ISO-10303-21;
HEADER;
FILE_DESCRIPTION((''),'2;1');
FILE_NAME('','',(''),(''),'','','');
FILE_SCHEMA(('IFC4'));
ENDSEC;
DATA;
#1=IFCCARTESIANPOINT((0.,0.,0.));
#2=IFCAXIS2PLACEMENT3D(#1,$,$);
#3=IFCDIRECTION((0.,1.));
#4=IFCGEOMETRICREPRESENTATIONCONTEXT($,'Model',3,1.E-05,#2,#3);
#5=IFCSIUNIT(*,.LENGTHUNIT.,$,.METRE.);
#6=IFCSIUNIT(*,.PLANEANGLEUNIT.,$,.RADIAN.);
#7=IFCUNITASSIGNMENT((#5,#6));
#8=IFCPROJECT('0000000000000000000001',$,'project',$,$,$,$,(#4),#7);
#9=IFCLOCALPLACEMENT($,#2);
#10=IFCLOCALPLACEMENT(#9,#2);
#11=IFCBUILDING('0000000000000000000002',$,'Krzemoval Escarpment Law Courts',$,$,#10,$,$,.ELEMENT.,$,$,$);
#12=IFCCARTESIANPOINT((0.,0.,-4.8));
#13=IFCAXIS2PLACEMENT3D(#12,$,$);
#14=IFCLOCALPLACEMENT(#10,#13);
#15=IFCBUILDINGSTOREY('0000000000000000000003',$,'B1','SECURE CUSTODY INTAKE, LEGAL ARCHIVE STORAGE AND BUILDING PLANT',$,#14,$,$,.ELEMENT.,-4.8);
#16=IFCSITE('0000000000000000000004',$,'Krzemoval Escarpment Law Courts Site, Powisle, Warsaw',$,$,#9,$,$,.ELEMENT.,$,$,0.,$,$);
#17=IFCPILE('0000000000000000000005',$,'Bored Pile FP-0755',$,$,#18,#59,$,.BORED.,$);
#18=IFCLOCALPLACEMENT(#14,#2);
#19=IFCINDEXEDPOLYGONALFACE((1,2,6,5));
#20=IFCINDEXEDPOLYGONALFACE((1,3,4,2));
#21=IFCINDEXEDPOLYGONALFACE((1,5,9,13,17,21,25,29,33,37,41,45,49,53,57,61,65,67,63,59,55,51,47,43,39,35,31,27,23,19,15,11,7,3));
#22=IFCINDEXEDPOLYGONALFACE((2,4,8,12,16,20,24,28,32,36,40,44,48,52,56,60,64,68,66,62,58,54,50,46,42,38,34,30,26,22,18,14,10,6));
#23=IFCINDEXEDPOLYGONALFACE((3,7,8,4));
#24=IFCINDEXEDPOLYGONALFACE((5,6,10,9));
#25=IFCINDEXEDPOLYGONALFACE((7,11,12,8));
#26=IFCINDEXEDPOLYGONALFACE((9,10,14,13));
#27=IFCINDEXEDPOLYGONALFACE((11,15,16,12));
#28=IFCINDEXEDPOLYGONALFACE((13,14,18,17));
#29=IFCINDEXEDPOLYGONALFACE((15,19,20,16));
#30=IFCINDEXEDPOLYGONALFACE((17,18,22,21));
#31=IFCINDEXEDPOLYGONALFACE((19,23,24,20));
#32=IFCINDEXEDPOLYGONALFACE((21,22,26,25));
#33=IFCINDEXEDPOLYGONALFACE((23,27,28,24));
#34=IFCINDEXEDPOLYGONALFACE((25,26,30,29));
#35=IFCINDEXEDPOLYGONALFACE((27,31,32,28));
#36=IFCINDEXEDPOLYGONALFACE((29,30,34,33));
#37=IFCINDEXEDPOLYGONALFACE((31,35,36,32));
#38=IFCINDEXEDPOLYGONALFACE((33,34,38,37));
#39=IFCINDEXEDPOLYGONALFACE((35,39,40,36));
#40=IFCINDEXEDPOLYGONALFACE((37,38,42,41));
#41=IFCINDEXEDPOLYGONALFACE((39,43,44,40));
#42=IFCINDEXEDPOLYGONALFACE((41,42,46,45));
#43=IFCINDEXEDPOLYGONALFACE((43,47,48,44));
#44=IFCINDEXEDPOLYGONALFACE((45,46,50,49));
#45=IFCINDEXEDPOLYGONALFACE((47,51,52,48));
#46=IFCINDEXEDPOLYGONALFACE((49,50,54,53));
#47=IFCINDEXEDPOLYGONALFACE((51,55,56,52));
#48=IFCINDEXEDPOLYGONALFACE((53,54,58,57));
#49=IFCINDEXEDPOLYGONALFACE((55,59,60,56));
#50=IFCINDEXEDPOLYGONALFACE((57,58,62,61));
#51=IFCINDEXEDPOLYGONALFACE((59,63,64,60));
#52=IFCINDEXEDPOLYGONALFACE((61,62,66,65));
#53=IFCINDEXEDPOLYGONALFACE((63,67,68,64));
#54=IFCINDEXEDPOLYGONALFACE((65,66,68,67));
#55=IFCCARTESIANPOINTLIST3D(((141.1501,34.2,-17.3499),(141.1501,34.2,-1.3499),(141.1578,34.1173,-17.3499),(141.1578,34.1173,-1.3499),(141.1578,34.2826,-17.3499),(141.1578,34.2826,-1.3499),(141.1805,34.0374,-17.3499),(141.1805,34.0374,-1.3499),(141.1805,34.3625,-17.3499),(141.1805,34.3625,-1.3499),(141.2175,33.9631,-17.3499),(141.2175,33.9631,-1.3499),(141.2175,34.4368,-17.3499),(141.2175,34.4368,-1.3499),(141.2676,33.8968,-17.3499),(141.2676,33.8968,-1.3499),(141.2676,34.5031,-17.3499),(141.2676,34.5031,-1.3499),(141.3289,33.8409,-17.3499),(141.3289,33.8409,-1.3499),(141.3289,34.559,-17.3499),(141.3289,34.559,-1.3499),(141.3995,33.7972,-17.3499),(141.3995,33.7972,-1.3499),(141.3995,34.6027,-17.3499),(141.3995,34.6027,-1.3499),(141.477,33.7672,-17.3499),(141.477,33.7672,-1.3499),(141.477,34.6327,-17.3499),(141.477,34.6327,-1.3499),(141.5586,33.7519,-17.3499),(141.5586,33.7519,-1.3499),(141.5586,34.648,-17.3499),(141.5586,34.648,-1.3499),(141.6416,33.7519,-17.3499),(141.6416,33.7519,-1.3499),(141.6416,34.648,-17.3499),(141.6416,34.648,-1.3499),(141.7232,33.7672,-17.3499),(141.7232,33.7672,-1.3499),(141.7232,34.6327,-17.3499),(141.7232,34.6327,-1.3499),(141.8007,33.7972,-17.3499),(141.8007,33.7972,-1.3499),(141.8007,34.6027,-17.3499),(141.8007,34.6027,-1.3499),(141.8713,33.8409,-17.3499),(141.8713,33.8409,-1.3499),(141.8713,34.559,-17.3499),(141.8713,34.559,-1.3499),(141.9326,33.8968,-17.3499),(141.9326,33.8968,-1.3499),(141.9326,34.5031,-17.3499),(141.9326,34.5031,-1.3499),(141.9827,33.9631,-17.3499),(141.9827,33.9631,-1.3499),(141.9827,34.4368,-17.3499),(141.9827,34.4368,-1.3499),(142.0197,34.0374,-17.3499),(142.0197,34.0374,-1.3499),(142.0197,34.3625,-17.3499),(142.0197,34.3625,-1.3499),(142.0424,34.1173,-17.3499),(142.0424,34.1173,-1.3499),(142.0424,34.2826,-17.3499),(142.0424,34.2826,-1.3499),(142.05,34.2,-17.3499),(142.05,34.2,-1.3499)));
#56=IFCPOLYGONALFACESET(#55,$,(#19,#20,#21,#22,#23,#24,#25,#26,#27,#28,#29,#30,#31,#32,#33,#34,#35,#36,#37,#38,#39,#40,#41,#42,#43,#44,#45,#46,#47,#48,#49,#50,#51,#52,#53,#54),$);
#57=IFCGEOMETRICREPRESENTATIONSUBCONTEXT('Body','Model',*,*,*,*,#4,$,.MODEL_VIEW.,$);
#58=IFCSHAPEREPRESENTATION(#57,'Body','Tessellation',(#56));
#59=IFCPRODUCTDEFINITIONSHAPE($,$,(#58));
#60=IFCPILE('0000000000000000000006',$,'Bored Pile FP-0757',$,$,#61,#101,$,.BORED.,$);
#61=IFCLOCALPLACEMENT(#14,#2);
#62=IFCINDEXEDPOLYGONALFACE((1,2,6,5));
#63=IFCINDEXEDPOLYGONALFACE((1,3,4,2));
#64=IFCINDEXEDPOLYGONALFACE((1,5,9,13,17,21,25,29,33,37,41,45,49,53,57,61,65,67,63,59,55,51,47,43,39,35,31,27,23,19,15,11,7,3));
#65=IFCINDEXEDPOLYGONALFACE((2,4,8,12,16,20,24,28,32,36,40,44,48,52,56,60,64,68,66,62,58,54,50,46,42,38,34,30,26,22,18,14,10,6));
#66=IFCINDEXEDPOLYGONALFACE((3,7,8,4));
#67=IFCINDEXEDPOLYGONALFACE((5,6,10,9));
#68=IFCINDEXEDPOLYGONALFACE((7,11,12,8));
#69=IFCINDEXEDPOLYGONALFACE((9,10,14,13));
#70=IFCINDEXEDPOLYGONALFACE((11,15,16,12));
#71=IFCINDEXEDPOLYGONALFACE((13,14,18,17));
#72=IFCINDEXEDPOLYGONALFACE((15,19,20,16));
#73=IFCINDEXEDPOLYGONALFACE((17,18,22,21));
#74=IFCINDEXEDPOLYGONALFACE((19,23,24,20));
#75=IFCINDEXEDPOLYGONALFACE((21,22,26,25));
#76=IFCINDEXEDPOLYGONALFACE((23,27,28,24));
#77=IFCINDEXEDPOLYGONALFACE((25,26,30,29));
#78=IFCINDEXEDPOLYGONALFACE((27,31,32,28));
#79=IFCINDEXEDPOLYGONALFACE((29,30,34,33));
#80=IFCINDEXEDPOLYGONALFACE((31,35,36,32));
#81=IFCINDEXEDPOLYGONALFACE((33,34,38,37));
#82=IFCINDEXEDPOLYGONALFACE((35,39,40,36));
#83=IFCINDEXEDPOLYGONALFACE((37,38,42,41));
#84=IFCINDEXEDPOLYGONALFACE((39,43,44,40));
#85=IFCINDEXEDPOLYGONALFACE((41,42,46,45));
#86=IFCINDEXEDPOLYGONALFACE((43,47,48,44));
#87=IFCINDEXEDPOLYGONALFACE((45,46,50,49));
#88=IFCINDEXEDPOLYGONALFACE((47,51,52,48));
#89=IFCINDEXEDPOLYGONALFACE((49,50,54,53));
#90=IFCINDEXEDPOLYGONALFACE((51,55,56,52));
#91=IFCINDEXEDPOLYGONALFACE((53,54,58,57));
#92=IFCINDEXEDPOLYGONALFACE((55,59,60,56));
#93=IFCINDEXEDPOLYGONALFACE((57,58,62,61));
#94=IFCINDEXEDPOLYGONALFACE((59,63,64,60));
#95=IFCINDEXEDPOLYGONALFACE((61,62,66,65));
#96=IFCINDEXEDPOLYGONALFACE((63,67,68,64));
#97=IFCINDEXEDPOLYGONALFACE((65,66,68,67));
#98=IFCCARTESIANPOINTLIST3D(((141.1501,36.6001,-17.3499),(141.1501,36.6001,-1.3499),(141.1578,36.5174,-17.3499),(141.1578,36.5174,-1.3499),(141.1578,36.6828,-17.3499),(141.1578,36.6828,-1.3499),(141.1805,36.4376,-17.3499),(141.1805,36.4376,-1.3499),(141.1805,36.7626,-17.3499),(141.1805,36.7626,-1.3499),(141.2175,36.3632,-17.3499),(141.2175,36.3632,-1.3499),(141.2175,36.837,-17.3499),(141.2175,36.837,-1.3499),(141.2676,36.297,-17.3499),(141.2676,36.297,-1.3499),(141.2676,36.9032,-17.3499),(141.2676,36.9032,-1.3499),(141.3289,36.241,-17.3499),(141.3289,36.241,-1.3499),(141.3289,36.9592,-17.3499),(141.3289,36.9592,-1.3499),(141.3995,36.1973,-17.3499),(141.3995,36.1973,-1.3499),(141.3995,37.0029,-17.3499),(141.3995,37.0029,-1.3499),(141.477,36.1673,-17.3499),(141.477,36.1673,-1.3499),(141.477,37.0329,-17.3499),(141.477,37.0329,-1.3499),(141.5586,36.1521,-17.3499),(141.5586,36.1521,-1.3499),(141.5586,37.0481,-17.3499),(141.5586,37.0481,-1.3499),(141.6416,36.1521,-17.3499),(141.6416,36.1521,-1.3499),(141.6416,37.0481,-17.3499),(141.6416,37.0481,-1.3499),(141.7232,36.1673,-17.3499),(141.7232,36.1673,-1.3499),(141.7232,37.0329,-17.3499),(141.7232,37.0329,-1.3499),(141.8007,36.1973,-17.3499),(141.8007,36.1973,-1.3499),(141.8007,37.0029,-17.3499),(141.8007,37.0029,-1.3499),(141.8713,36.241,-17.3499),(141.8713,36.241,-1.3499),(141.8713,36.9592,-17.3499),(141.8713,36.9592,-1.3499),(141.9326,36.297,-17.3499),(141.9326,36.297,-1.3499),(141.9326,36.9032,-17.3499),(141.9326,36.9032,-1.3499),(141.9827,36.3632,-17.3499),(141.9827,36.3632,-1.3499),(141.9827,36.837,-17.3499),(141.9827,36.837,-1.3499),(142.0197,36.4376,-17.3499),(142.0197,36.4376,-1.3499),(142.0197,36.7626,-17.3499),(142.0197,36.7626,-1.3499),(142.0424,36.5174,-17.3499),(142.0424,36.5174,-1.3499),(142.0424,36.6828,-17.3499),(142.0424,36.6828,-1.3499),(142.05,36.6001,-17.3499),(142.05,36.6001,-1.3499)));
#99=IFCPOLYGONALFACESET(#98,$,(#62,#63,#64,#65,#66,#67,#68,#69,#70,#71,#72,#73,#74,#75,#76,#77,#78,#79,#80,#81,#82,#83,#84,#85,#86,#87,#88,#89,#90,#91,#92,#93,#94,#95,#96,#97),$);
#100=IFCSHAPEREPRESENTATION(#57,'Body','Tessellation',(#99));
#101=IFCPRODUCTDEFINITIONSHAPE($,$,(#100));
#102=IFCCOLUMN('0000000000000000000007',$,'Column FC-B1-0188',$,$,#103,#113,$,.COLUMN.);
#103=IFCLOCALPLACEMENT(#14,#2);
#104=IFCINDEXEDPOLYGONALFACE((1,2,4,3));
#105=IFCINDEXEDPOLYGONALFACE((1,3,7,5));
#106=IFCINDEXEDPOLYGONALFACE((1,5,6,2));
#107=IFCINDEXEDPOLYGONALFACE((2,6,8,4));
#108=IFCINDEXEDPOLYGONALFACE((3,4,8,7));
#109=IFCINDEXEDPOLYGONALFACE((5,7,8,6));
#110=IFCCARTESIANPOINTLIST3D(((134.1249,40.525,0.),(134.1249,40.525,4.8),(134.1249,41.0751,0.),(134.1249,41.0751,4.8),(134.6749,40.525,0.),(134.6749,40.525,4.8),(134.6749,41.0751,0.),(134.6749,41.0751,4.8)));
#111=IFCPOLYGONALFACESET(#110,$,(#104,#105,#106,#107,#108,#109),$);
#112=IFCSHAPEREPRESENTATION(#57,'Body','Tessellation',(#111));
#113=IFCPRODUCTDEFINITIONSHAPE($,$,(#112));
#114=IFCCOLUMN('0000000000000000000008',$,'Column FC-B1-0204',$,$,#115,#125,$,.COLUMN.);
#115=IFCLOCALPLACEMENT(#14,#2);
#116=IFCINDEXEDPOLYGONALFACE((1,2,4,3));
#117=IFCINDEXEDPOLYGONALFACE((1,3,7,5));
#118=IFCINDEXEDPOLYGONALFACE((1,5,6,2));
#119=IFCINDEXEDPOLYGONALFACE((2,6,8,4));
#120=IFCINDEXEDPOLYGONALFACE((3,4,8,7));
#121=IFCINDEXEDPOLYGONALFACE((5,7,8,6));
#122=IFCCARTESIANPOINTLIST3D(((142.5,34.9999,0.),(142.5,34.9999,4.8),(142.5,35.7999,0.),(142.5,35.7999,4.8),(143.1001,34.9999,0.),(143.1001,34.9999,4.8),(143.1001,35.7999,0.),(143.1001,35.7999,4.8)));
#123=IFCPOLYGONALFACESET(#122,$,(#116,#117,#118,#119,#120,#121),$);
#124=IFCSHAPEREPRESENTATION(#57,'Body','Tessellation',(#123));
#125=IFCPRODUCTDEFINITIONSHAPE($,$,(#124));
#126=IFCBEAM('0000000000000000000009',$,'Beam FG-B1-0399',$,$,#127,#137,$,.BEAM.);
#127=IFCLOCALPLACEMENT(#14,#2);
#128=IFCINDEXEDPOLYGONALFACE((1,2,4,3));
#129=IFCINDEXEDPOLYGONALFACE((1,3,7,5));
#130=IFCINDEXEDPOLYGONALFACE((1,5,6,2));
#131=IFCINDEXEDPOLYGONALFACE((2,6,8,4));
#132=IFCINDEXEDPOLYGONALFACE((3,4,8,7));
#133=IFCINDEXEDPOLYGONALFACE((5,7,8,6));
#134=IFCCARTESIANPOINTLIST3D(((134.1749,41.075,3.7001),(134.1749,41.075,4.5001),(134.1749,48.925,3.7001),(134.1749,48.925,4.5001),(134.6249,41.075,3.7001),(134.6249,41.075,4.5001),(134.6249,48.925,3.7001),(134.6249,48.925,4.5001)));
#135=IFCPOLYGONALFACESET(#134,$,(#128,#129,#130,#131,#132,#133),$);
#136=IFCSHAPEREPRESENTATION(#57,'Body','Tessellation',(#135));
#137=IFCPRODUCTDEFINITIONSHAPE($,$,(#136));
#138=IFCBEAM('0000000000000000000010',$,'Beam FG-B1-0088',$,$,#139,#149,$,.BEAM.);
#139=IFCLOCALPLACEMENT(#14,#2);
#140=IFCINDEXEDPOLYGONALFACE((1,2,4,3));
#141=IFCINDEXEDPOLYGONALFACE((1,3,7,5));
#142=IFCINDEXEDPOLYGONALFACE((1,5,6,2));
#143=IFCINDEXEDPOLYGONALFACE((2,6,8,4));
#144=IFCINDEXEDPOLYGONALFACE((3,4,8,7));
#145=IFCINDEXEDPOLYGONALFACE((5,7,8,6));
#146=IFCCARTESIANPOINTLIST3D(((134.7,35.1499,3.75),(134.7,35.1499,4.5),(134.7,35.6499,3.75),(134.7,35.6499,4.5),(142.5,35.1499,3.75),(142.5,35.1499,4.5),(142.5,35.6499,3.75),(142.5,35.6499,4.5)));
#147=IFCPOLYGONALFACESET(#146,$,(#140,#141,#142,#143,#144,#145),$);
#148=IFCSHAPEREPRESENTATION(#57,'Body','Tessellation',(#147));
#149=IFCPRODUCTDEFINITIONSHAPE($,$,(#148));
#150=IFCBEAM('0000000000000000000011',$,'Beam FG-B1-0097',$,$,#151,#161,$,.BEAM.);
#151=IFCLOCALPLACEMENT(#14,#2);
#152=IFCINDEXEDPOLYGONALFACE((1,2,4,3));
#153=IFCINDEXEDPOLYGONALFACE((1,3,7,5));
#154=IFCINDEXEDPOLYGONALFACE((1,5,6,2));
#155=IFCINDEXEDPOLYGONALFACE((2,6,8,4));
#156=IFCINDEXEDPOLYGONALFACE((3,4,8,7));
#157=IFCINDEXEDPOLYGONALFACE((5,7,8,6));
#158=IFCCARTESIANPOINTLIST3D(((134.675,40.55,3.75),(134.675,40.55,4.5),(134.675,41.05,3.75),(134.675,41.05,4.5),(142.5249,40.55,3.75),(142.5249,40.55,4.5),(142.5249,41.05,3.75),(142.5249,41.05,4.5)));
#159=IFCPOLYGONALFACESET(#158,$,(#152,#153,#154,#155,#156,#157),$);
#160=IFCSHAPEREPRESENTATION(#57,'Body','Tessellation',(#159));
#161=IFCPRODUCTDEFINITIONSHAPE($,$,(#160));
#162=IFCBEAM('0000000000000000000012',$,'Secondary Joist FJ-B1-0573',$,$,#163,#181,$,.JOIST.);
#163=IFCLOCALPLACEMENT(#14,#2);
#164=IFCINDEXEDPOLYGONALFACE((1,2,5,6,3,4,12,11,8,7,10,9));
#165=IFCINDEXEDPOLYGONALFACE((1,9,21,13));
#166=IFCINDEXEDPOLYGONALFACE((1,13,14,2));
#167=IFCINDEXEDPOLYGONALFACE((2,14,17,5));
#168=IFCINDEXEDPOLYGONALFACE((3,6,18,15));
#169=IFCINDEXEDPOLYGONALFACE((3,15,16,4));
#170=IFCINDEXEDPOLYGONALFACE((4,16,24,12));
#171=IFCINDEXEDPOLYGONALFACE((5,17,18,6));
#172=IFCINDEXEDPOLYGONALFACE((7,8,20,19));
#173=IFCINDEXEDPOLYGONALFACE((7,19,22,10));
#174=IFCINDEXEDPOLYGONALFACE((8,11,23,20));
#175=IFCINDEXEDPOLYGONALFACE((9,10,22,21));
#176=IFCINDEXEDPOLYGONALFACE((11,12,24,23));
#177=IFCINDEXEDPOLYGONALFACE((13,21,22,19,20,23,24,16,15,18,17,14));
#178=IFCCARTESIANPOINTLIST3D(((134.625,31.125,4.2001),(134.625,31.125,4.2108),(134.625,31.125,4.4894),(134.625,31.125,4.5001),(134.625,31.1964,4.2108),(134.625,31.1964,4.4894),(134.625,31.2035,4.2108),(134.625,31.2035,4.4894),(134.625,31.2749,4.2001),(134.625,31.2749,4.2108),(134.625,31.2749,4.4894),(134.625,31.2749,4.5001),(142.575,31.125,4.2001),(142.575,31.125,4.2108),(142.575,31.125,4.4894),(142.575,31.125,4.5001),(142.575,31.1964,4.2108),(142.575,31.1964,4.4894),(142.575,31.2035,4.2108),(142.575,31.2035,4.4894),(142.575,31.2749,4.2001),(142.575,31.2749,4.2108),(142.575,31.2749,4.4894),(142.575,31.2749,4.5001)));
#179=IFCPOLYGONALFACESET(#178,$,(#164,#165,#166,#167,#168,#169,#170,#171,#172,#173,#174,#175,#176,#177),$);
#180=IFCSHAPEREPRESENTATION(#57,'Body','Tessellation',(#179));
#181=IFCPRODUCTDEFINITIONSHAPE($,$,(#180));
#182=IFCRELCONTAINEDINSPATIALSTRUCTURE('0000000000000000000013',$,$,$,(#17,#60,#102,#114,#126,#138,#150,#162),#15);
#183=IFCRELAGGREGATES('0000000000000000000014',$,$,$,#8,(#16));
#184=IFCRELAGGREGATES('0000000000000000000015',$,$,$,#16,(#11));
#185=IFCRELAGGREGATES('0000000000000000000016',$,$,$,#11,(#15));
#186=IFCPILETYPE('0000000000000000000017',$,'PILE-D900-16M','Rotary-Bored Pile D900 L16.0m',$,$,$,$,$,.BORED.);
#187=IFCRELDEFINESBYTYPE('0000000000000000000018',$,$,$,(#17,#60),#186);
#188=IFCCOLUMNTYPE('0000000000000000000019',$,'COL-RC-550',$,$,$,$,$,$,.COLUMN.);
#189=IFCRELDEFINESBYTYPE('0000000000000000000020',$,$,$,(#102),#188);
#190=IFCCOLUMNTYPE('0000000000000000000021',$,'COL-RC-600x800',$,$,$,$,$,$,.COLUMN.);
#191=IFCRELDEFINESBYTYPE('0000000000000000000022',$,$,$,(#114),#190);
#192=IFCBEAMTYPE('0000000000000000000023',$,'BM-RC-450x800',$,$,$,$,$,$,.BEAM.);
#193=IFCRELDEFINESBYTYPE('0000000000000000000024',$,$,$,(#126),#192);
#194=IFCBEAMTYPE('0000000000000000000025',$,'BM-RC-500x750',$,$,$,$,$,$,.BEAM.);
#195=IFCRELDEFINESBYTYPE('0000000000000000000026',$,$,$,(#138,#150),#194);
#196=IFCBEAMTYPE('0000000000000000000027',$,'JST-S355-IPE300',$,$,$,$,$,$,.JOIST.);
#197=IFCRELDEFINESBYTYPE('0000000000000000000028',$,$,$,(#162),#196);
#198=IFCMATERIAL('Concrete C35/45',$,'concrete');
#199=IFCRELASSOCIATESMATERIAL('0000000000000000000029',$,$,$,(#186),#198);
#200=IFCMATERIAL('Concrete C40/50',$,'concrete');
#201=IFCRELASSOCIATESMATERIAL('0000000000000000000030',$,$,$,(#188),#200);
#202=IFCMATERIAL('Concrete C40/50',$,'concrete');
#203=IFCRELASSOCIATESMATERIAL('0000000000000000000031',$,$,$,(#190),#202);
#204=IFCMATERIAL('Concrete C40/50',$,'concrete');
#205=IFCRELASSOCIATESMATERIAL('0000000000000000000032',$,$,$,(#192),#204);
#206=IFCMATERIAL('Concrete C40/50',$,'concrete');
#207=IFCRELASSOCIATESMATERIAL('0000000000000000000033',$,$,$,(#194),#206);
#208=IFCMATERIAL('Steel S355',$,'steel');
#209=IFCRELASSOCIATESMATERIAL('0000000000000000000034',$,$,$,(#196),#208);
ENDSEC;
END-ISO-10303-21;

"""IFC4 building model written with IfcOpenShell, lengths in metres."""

from ifc_helpers import new_model, si_unit, direction, frame, origin, origin_2d, place, context, subcontext, project, spatial, rectangle, circle, i_section, extrude, material, material_profile, profile_set, type_object, element, save


model = new_model("IFC4")

# Units and contexts
model_context = context("Model", 3, precision=1e-05, world=origin(), true_north=direction((0.0, 1.0)))
body_context = subcontext(model_context, "Body", "Model", "MODEL_VIEW")
ifc_project = project(units=[si_unit("LENGTHUNIT", "METRE"), si_unit("PLANEANGLEUNIT", "RADIAN")], contexts=[model_context])

# Site, building, storey
site_placement = place(None, origin())
site = spatial("IfcSite", under=ifc_project, at=site_placement, Name="Krzemoval Escarpment Law Courts Site, Powisle, Warsaw", CompositionType="ELEMENT", RefElevation=0.0)
building_placement = place(site_placement, origin())
building = spatial("IfcBuilding", under=site, at=building_placement, Name="Krzemoval Escarpment Law Courts", CompositionType="ELEMENT")
storey_placement = place(building_placement, frame((0.0, 0.0, -4.8)))
storey = spatial("IfcBuildingStorey", under=building, at=storey_placement, Name="B1", Description="SECURE CUSTODY INTAKE, LEGAL ARCHIVE STORAGE AND BUILDING PLANT", CompositionType="ELEMENT", Elevation=-4.8)

# Piles
ifc_material_1 = material(Name="Concrete C35/45", Category="concrete")
ifc_material_profile_1 = material_profile(ifc_material_1, circle(Radius=0.45, at=origin_2d()), Name="PILE D900")
ifc_profile_set_1 = profile_set([ifc_material_profile_1], Name="Concrete C35/45")
pile_type_1 = type_object("IfcPileType", Name="PILE-D900-16M", Description="Rotary-Bored Pile D900 L16.0m", PredefinedType="BORED", material=ifc_profile_set_1)
for number, where, z_axis, x_axis, name in (
    (1, (141.6001, 34.2, -1.3499), (0.0, 0.0, -1.0), (1.0, 0.0, 0.0), "Bored Pile FP-0755"),
    (2, (141.6001, 36.6001, -1.3499), (0.0, 0.0, -1.0), (1.0, 0.0, 0.0), "Bored Pile FP-0757"),
):
    element("IfcPile", number, at=place(storey_placement, frame(where, z_axis=z_axis, x_axis=x_axis)), inside=storey, type_object=pile_type_1, Name=name, PredefinedType="BORED", context=body_context, shape_type="SweptSolid", body=[
        extrude(circle(Radius=0.45, at=origin_2d()), origin(), (0.0, 0.0, 1.0), 16.0),
    ])

# Columns
ifc_material_2 = material(Name="Concrete C40/50", Category="concrete")
ifc_material_profile_2 = material_profile(ifc_material_2, rectangle(XDim=0.55, YDim=0.55, at=origin_2d()), Name="RC 550x550")
ifc_profile_set_2 = profile_set([ifc_material_profile_2], Name="Concrete C40/50")
column_type_1 = type_object("IfcColumnType", Name="COL-RC-550", PredefinedType="COLUMN", material=ifc_profile_set_2)
column_1_placement = place(storey_placement, frame((134.3999, 40.8, 0.0), z_axis=(0.0, 0.0, 1.0), x_axis=(1.0, 0.0, 0.0)))
element("IfcColumn", 3, at=column_1_placement, inside=storey, type_object=column_type_1, Name="Column FC-B1-0188", PredefinedType="COLUMN", context=body_context, shape_type="SweptSolid", body=[
    extrude(rectangle(XDim=0.55, YDim=0.55, at=origin_2d()), origin(), (0.0, 0.0, 1.0), 4.8),
])
ifc_material_3 = material(Name="Concrete C40/50", Category="concrete")
ifc_material_profile_3 = material_profile(ifc_material_3, rectangle(XDim=0.6001, YDim=0.8, at=origin_2d()), Name="RC 600x800")
ifc_profile_set_3 = profile_set([ifc_material_profile_3], Name="Concrete C40/50")
column_type_2 = type_object("IfcColumnType", Name="COL-RC-600x800", PredefinedType="COLUMN", material=ifc_profile_set_3)
column_2_placement = place(storey_placement, frame((142.8, 35.3999, 0.0), z_axis=(0.0, 0.0, 1.0), x_axis=(1.0, 0.0, 0.0)))
element("IfcColumn", 4, at=column_2_placement, inside=storey, type_object=column_type_2, Name="Column FC-B1-0204", PredefinedType="COLUMN", context=body_context, shape_type="SweptSolid", body=[
    extrude(rectangle(XDim=0.6001, YDim=0.8, at=origin_2d()), origin(), (0.0, 0.0, 1.0), 4.8),
])

# Beams
ifc_material_4 = material(Name="Concrete C40/50", Category="concrete")
ifc_material_profile_4 = material_profile(ifc_material_4, rectangle(XDim=0.45, YDim=0.8, at=origin_2d()), Name="RCB 450x800")
ifc_profile_set_4 = profile_set([ifc_material_profile_4], Name="Concrete C40/50")
beam_type_1 = type_object("IfcBeamType", Name="BM-RC-450x800", PredefinedType="BEAM", material=ifc_profile_set_4)
beam_1_placement = place(storey_placement, frame((134.3999, 41.075, 4.1001), z_axis=(0.0, 1.0, 0.0), x_axis=(-1.0, 0.0, 0.0)))
element("IfcBeam", 5, at=beam_1_placement, inside=storey, type_object=beam_type_1, Name="Beam FG-B1-0399", PredefinedType="BEAM", context=body_context, shape_type="SweptSolid", body=[
    extrude(rectangle(XDim=0.45, YDim=0.8, at=origin_2d()), origin(), (0.0, 0.0, 1.0), 7.8501),
])
ifc_material_5 = material(Name="Concrete C40/50", Category="concrete")
ifc_material_profile_5 = material_profile(ifc_material_5, rectangle(XDim=0.5, YDim=0.75, at=origin_2d()), Name="RCB 500x750")
ifc_profile_set_5 = profile_set([ifc_material_profile_5], Name="Concrete C40/50")
beam_type_2 = type_object("IfcBeamType", Name="BM-RC-500x750", PredefinedType="BEAM", material=ifc_profile_set_5)
beam_2_placement = place(storey_placement, frame((134.7, 35.3999, 4.125), z_axis=(1.0, 0.0, 0.0), x_axis=(0.0, 1.0, 0.0)))
element("IfcBeam", 6, at=beam_2_placement, inside=storey, type_object=beam_type_2, Name="Beam FG-B1-0088", PredefinedType="BEAM", context=body_context, shape_type="SweptSolid", body=[
    extrude(rectangle(XDim=0.5, YDim=0.75, at=origin_2d()), origin(), (0.0, 0.0, 1.0), 7.8),
])
beam_3_placement = place(storey_placement, frame((134.675, 40.8, 4.125), z_axis=(1.0, 0.0, 0.0), x_axis=(0.0, 1.0, 0.0)))
element("IfcBeam", 7, at=beam_3_placement, inside=storey, type_object=beam_type_2, Name="Beam FG-B1-0097", PredefinedType="BEAM", context=body_context, shape_type="SweptSolid", body=[
    extrude(rectangle(XDim=0.5, YDim=0.75, at=origin_2d()), origin(), (0.0, 0.0, 1.0), 7.8499),
])
ifc_material_6 = material(Name="Steel S355", Category="steel")
ifc_material_profile_6 = material_profile(ifc_material_6, i_section(OverallWidth=0.1499, OverallDepth=0.3, WebThickness=0.0071, FlangeThickness=0.0107, at=origin_2d()), Name="IPE 300")
ifc_profile_set_6 = profile_set([ifc_material_profile_6], Name="Steel S355")
beam_type_3 = type_object("IfcBeamType", Name="JST-S355-IPE300", PredefinedType="JOIST", material=ifc_profile_set_6)
beam_4_placement = place(storey_placement, frame((134.625, 31.2, 4.3501), z_axis=(1.0, 0.0, 0.0), x_axis=(0.0, 1.0, 0.0)))
element("IfcBeam", 8, at=beam_4_placement, inside=storey, type_object=beam_type_3, Name="Secondary Joist FJ-B1-0573", PredefinedType="JOIST", context=body_context, shape_type="SweptSolid", body=[
    extrude(i_section(OverallWidth=0.1499, OverallDepth=0.3, WebThickness=0.0071, FlangeThickness=0.0107, at=origin_2d()), origin(), (0.0, 0.0, 1.0), 7.95),
])

save(model, "model.ifc")
